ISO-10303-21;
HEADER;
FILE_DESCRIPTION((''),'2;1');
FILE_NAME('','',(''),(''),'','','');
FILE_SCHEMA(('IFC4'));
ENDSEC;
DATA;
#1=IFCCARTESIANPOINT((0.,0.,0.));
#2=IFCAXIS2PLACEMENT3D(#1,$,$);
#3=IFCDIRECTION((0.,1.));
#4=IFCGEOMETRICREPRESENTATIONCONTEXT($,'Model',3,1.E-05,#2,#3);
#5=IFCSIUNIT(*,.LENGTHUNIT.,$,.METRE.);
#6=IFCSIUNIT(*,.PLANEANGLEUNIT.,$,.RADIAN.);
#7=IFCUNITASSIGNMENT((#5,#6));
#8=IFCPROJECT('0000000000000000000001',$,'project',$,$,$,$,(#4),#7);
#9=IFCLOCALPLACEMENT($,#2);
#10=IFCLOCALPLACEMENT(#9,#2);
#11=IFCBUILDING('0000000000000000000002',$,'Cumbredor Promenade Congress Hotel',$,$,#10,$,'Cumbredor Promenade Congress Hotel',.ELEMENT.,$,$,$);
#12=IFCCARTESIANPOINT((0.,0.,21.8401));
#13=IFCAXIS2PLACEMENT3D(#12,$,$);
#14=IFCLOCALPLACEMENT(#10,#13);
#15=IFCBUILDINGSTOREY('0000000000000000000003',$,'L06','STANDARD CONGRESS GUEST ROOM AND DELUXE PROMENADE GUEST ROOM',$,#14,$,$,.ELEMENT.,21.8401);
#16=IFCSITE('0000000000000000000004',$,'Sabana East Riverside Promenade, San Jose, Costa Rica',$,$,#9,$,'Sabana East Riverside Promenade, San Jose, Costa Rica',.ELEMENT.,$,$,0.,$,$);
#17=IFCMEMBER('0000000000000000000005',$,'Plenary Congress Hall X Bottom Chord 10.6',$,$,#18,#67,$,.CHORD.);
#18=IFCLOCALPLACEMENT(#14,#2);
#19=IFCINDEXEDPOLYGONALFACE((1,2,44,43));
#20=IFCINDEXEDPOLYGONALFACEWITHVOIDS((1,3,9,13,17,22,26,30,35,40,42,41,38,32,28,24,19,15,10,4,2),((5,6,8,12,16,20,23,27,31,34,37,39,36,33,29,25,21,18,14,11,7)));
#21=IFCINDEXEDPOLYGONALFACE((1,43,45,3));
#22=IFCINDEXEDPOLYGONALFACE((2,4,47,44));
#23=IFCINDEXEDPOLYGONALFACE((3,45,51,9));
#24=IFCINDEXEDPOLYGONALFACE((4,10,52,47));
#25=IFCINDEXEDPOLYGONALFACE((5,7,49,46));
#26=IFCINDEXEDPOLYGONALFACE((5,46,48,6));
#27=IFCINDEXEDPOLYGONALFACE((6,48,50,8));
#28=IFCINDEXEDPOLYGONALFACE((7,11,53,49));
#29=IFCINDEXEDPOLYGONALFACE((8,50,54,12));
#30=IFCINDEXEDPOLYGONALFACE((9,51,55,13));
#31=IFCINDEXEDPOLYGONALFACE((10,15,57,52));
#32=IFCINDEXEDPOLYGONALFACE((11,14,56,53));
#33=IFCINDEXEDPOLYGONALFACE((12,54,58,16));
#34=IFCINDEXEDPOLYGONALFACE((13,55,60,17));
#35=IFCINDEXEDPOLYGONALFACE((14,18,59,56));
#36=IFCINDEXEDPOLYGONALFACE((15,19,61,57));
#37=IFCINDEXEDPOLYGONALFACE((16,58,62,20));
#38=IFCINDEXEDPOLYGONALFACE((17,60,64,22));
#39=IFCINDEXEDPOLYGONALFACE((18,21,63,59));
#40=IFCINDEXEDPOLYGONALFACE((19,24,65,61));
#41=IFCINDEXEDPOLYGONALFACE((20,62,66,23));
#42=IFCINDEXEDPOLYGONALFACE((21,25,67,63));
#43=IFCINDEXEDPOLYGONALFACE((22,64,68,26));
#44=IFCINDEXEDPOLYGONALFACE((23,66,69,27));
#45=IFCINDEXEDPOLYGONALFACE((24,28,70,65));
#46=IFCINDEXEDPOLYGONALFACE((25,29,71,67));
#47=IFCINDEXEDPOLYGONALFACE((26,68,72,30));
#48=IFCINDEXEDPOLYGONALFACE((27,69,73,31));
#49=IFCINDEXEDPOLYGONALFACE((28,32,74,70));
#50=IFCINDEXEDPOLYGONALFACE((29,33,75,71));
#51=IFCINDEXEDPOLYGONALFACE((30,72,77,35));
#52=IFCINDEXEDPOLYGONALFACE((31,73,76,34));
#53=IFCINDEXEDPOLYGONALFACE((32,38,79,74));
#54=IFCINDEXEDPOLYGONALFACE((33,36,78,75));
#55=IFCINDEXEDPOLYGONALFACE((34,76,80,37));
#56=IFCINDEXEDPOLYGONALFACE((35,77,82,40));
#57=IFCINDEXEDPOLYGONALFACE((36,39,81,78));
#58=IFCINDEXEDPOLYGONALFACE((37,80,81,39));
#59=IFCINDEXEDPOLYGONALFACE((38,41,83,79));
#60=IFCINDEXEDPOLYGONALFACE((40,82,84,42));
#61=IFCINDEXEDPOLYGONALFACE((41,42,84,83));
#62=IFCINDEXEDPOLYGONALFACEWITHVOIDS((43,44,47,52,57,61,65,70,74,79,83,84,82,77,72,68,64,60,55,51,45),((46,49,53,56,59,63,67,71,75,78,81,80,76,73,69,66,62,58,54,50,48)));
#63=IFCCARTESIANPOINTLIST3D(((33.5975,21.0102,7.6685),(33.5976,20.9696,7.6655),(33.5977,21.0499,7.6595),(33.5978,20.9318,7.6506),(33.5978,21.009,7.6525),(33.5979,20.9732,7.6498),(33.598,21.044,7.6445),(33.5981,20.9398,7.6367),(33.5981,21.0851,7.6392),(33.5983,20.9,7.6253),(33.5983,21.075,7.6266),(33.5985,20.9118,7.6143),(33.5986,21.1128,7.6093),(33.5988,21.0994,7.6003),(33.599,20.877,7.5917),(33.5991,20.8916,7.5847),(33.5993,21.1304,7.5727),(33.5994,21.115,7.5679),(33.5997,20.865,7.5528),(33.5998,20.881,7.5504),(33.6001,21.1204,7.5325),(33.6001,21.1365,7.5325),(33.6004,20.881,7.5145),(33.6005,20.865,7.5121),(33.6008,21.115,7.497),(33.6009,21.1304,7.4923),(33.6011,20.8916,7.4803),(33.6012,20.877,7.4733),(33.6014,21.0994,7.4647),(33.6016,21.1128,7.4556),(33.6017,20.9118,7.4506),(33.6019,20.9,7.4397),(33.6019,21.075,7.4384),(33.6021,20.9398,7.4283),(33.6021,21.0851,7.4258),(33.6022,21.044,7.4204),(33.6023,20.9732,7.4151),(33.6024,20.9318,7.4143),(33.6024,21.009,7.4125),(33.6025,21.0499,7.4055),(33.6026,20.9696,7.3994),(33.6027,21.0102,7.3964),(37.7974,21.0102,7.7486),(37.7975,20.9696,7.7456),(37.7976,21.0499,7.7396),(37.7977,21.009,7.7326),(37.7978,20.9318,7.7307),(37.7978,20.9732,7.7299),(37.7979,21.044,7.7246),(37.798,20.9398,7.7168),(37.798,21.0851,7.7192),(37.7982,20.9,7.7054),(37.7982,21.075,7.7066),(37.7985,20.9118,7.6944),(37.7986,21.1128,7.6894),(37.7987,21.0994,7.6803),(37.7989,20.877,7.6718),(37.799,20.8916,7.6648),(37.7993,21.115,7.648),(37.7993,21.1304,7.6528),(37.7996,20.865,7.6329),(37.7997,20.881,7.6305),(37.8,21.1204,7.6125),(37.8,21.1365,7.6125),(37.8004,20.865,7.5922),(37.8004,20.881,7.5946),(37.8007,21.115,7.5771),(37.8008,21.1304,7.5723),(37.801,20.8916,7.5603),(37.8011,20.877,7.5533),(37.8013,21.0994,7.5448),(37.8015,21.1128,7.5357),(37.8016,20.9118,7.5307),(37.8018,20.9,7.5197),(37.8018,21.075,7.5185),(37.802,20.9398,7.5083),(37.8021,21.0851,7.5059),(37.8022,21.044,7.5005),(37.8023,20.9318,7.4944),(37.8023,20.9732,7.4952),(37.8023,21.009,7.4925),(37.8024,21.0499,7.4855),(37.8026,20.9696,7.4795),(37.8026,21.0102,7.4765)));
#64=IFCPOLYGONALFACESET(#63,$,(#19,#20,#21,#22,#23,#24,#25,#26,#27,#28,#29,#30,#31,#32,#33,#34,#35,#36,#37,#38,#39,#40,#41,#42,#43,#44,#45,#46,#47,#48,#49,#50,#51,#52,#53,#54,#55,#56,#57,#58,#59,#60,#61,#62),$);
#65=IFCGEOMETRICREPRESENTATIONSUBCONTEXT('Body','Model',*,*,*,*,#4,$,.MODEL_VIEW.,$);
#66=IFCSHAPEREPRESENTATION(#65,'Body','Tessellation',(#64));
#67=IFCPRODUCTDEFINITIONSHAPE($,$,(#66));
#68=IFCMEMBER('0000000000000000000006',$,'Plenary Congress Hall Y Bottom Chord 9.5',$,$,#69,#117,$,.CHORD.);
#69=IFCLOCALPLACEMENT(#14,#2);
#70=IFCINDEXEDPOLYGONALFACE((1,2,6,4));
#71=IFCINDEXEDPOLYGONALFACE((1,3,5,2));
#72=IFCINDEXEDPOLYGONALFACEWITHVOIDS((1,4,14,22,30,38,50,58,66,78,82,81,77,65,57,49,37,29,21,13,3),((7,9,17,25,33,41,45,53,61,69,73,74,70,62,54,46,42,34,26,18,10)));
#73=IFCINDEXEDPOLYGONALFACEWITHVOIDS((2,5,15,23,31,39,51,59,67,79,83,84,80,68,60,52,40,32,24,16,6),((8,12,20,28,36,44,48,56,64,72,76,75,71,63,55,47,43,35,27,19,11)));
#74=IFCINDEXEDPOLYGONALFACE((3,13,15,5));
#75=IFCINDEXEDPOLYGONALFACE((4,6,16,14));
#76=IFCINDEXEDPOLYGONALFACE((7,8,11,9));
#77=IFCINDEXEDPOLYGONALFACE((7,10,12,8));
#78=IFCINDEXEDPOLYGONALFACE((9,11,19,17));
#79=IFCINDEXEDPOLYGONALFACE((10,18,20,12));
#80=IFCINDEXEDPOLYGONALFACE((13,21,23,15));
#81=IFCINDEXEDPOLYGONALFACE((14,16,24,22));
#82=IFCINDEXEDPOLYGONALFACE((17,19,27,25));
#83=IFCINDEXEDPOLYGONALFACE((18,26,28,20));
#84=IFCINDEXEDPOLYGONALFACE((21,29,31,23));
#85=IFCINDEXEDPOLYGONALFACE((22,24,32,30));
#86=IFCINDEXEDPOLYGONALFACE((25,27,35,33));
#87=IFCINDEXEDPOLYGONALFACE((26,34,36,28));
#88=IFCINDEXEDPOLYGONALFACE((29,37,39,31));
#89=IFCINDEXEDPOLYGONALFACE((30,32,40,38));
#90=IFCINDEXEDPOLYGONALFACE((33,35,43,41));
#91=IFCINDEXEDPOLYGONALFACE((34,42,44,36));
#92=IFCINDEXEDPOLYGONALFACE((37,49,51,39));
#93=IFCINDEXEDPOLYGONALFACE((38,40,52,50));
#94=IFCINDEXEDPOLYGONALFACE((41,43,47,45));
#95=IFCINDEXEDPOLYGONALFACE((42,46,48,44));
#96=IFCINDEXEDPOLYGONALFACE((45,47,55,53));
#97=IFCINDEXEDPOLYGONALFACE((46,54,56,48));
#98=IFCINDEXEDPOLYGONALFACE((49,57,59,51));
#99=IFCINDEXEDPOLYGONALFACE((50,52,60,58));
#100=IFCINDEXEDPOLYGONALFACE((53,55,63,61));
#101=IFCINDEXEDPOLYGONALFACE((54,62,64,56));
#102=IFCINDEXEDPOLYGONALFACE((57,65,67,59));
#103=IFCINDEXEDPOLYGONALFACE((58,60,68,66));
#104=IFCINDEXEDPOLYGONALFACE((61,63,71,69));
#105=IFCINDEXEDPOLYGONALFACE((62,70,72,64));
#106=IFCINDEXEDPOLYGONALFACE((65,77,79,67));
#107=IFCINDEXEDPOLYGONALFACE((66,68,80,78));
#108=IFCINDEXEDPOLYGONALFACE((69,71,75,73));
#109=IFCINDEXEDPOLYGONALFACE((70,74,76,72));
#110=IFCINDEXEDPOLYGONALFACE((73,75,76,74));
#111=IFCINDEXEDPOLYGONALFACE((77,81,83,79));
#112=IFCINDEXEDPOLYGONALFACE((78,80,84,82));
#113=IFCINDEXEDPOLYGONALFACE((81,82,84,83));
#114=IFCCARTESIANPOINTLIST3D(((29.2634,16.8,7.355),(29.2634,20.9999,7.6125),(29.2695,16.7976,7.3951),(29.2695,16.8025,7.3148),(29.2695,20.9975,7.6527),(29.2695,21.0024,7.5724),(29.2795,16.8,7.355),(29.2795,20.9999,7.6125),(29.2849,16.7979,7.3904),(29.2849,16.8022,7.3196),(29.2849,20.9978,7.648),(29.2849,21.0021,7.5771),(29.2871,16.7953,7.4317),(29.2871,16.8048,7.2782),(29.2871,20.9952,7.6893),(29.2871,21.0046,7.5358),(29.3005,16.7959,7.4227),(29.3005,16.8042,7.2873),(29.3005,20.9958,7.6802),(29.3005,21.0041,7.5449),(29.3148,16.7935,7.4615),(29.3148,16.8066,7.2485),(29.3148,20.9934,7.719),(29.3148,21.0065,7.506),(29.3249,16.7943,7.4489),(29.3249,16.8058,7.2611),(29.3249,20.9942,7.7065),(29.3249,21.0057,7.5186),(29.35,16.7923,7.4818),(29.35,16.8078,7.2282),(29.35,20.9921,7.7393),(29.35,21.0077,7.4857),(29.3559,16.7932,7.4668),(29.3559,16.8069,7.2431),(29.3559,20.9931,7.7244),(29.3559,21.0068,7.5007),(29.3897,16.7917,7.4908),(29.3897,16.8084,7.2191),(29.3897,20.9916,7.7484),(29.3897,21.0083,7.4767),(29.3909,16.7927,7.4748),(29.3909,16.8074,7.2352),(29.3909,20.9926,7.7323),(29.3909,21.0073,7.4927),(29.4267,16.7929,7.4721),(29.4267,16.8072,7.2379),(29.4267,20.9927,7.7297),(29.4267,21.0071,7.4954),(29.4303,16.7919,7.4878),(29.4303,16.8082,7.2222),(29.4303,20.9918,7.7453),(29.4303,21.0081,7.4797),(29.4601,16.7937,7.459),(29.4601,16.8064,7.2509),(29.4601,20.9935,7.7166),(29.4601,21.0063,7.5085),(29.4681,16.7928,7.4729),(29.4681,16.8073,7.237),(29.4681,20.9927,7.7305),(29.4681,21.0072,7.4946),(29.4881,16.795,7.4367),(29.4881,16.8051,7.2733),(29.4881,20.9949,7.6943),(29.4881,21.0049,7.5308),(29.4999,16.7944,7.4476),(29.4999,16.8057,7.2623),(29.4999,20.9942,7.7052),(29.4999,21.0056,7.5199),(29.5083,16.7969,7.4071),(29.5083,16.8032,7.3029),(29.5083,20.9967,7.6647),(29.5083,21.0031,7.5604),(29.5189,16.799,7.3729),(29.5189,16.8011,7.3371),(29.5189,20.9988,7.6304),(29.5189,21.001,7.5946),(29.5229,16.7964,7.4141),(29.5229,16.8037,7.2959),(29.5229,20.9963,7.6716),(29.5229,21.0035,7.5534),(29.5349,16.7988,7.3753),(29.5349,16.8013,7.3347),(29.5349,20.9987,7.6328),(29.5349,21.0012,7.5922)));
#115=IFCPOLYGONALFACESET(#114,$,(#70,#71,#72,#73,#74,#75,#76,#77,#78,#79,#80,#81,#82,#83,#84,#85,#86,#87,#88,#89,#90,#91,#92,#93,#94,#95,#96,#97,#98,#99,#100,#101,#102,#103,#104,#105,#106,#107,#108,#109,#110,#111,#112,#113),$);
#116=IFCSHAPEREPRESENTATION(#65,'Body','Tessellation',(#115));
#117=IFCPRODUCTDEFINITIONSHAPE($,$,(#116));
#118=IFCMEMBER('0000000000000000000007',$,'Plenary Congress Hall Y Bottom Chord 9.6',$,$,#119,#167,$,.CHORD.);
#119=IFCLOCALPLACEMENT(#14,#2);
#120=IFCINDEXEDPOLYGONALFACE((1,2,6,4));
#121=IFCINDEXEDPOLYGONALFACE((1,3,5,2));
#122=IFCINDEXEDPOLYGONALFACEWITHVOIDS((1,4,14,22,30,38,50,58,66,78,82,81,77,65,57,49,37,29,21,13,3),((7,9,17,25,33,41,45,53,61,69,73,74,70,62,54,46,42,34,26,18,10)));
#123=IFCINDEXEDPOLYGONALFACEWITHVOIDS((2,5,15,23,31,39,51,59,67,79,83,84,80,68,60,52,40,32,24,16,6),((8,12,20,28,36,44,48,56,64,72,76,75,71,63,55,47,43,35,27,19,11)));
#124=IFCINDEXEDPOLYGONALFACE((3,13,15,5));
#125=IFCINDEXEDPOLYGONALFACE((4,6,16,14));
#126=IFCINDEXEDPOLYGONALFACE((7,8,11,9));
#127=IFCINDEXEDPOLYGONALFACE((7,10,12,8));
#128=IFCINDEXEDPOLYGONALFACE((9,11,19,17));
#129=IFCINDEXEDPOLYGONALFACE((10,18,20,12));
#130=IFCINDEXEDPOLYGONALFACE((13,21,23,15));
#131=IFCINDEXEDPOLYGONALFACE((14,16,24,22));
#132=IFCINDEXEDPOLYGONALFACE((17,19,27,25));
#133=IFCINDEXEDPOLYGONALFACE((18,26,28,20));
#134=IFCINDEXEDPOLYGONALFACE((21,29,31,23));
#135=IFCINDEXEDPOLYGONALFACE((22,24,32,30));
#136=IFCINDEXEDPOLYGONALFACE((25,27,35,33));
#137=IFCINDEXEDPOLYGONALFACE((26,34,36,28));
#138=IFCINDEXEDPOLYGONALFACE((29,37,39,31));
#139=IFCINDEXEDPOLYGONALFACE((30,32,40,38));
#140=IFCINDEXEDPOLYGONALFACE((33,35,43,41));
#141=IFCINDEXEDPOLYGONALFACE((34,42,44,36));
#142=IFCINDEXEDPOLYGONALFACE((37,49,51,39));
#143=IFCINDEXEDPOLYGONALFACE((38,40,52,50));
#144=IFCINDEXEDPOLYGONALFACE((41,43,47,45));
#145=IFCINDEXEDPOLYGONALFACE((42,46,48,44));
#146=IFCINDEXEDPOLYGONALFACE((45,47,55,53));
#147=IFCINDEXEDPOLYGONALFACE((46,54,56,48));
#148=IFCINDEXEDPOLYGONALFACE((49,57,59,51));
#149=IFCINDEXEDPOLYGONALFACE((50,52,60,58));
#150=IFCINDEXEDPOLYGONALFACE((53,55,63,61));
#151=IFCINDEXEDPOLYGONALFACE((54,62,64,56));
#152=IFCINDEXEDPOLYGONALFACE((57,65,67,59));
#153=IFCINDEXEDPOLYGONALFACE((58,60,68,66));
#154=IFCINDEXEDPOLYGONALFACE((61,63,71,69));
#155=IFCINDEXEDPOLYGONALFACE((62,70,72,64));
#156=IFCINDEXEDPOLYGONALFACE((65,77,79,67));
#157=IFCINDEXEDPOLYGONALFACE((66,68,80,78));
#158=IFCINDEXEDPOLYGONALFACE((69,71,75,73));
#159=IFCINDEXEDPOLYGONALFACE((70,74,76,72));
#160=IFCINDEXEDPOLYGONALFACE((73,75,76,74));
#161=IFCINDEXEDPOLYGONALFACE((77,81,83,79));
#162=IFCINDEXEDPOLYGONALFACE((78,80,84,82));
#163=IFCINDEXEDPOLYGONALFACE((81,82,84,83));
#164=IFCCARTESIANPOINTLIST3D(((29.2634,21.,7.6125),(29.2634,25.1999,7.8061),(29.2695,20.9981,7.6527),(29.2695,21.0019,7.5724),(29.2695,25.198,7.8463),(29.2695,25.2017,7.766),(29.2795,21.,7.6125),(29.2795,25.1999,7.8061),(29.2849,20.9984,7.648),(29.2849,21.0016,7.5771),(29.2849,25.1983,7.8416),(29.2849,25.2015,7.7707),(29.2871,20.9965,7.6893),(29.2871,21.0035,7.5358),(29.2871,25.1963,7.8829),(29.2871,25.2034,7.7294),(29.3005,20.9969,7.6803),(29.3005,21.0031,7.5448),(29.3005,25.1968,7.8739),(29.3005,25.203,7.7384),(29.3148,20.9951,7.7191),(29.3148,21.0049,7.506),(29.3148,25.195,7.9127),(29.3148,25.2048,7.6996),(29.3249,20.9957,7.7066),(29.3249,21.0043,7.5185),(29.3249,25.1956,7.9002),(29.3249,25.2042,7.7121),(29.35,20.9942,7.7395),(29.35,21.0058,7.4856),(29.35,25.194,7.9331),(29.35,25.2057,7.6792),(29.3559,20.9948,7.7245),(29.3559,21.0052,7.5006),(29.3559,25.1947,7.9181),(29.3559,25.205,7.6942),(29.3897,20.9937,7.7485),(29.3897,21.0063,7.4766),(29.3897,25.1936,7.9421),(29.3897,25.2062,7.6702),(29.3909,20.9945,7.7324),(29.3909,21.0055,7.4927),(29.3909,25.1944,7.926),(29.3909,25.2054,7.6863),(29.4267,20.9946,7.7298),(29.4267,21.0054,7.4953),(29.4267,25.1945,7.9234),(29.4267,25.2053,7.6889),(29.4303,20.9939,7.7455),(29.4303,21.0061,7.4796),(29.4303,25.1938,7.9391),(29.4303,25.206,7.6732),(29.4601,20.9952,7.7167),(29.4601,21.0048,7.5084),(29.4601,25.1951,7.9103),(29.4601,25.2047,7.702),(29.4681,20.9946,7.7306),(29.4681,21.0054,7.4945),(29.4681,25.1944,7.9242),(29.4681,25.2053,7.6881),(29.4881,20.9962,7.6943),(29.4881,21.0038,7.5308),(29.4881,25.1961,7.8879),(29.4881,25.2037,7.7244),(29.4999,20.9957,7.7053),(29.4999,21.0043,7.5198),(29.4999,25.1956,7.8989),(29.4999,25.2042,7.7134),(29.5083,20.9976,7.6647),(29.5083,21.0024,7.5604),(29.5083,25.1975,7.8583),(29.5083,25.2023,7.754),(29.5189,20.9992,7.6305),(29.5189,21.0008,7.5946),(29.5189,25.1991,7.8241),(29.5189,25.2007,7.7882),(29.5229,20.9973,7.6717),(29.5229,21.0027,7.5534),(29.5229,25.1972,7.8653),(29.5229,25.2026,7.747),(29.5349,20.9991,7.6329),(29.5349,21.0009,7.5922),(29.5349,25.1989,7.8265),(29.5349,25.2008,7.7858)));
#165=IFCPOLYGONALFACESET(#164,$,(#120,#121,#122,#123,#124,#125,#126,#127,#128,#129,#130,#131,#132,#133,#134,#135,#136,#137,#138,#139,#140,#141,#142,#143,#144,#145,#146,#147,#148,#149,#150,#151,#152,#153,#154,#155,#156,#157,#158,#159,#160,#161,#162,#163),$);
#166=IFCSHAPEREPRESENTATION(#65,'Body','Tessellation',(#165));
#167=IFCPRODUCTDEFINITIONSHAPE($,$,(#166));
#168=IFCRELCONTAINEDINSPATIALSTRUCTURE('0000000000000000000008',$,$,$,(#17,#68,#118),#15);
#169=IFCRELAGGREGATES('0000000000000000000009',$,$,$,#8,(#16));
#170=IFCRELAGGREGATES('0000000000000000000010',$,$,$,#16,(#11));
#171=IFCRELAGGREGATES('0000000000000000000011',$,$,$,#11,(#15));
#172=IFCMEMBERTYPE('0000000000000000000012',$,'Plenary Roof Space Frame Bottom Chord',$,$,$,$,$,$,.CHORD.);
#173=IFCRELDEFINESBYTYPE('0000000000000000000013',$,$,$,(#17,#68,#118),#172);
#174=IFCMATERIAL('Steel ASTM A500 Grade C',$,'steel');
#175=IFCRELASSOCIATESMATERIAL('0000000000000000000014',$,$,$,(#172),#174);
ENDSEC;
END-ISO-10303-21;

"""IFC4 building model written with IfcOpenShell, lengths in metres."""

from ifc_helpers import new_model, si_unit, direction, frame, origin, origin_2d, place, context, subcontext, project, spatial, hollow_circle, extrude, material, material_profile, profile_set, type_object, element, save


model = new_model("IFC4")

# Units and contexts
model_context = context("Model", 3, precision=1e-05, world=origin(), true_north=direction((0.0, 1.0)))
body_context = subcontext(model_context, "Body", "Model", "MODEL_VIEW")
ifc_project = project(units=[si_unit("LENGTHUNIT", "METRE"), si_unit("PLANEANGLEUNIT", "RADIAN")], contexts=[model_context])

# Site, building, storey
site_placement = place(None, origin())
site = spatial("IfcSite", under=ifc_project, at=site_placement, Name="Sabana East Riverside Promenade, San Jose, Costa Rica", LongName="Sabana East Riverside Promenade, San Jose, Costa Rica", CompositionType="ELEMENT", RefElevation=0.0)
building_placement = place(site_placement, origin())
building = spatial("IfcBuilding", under=site, at=building_placement, Name="Cumbredor Promenade Congress Hotel", LongName="Cumbredor Promenade Congress Hotel", CompositionType="ELEMENT")
storey_placement = place(building_placement, frame((0.0, 0.0, 21.8401)))
storey = spatial("IfcBuildingStorey", under=building, at=storey_placement, Name="L06", Description="STANDARD CONGRESS GUEST ROOM AND DELUXE PROMENADE GUEST ROOM", CompositionType="ELEMENT", Elevation=21.8401)

# Members
ifc_material_1 = material(Name="Steel ASTM A500 Grade C", Category="steel")
ifc_material_profile_1 = material_profile(ifc_material_1, hollow_circle(Radius=0.1365, WallThickness=0.0161, at=origin_2d()), Name="CHS 273.0x16")
ifc_profile_set_1 = profile_set([ifc_material_profile_1], Name="Steel ASTM A500 Grade C")
member_type_1 = type_object("IfcMemberType", Name="Plenary Roof Space Frame Bottom Chord", PredefinedType="CHORD", material=ifc_profile_set_1)
member_1_placement = place(storey_placement, frame((33.6001, 21.0, 7.5325), z_axis=(0.999818, 0.0, 0.019063), x_axis=(0.0, 1.0, 0.0)))
element("IfcMember", 1, at=member_1_placement, inside=storey, type_object=member_type_1, Name="Plenary Congress Hall X Bottom Chord 10.6", PredefinedType="CHORD", context=body_context, shape_type="SweptSolid", body=[
    extrude(hollow_circle(Radius=0.1365, WallThickness=0.0161, at=origin_2d()), origin(), (0.0, 0.0, 1.0), 4.2007),
])
member_2_placement = place(storey_placement, frame((29.3999, 16.8, 7.355), z_axis=(0.0, 0.998125, 0.061212), x_axis=(-1.0, 0.0, 0.0)))
element("IfcMember", 2, at=member_2_placement, inside=storey, type_object=member_type_1, Name="Plenary Congress Hall Y Bottom Chord 9.5", PredefinedType="CHORD", context=body_context, shape_type="SweptSolid", body=[
    extrude(hollow_circle(Radius=0.1365, WallThickness=0.0161, at=origin_2d()), origin(), (0.0, 0.0, 1.0), 4.2078),
])
member_3_placement = place(storey_placement, frame((29.3999, 21.0, 7.6125), z_axis=(0.0, 0.998939, 0.046048), x_axis=(-1.0, 0.0, 0.0)))
element("IfcMember", 3, at=member_3_placement, inside=storey, type_object=member_type_1, Name="Plenary Congress Hall Y Bottom Chord 9.6", PredefinedType="CHORD", context=body_context, shape_type="SweptSolid", body=[
    extrude(hollow_circle(Radius=0.1365, WallThickness=0.0161, at=origin_2d()), origin(), (0.0, 0.0, 1.0), 4.2043),
])

save(model, "model.ifc")
